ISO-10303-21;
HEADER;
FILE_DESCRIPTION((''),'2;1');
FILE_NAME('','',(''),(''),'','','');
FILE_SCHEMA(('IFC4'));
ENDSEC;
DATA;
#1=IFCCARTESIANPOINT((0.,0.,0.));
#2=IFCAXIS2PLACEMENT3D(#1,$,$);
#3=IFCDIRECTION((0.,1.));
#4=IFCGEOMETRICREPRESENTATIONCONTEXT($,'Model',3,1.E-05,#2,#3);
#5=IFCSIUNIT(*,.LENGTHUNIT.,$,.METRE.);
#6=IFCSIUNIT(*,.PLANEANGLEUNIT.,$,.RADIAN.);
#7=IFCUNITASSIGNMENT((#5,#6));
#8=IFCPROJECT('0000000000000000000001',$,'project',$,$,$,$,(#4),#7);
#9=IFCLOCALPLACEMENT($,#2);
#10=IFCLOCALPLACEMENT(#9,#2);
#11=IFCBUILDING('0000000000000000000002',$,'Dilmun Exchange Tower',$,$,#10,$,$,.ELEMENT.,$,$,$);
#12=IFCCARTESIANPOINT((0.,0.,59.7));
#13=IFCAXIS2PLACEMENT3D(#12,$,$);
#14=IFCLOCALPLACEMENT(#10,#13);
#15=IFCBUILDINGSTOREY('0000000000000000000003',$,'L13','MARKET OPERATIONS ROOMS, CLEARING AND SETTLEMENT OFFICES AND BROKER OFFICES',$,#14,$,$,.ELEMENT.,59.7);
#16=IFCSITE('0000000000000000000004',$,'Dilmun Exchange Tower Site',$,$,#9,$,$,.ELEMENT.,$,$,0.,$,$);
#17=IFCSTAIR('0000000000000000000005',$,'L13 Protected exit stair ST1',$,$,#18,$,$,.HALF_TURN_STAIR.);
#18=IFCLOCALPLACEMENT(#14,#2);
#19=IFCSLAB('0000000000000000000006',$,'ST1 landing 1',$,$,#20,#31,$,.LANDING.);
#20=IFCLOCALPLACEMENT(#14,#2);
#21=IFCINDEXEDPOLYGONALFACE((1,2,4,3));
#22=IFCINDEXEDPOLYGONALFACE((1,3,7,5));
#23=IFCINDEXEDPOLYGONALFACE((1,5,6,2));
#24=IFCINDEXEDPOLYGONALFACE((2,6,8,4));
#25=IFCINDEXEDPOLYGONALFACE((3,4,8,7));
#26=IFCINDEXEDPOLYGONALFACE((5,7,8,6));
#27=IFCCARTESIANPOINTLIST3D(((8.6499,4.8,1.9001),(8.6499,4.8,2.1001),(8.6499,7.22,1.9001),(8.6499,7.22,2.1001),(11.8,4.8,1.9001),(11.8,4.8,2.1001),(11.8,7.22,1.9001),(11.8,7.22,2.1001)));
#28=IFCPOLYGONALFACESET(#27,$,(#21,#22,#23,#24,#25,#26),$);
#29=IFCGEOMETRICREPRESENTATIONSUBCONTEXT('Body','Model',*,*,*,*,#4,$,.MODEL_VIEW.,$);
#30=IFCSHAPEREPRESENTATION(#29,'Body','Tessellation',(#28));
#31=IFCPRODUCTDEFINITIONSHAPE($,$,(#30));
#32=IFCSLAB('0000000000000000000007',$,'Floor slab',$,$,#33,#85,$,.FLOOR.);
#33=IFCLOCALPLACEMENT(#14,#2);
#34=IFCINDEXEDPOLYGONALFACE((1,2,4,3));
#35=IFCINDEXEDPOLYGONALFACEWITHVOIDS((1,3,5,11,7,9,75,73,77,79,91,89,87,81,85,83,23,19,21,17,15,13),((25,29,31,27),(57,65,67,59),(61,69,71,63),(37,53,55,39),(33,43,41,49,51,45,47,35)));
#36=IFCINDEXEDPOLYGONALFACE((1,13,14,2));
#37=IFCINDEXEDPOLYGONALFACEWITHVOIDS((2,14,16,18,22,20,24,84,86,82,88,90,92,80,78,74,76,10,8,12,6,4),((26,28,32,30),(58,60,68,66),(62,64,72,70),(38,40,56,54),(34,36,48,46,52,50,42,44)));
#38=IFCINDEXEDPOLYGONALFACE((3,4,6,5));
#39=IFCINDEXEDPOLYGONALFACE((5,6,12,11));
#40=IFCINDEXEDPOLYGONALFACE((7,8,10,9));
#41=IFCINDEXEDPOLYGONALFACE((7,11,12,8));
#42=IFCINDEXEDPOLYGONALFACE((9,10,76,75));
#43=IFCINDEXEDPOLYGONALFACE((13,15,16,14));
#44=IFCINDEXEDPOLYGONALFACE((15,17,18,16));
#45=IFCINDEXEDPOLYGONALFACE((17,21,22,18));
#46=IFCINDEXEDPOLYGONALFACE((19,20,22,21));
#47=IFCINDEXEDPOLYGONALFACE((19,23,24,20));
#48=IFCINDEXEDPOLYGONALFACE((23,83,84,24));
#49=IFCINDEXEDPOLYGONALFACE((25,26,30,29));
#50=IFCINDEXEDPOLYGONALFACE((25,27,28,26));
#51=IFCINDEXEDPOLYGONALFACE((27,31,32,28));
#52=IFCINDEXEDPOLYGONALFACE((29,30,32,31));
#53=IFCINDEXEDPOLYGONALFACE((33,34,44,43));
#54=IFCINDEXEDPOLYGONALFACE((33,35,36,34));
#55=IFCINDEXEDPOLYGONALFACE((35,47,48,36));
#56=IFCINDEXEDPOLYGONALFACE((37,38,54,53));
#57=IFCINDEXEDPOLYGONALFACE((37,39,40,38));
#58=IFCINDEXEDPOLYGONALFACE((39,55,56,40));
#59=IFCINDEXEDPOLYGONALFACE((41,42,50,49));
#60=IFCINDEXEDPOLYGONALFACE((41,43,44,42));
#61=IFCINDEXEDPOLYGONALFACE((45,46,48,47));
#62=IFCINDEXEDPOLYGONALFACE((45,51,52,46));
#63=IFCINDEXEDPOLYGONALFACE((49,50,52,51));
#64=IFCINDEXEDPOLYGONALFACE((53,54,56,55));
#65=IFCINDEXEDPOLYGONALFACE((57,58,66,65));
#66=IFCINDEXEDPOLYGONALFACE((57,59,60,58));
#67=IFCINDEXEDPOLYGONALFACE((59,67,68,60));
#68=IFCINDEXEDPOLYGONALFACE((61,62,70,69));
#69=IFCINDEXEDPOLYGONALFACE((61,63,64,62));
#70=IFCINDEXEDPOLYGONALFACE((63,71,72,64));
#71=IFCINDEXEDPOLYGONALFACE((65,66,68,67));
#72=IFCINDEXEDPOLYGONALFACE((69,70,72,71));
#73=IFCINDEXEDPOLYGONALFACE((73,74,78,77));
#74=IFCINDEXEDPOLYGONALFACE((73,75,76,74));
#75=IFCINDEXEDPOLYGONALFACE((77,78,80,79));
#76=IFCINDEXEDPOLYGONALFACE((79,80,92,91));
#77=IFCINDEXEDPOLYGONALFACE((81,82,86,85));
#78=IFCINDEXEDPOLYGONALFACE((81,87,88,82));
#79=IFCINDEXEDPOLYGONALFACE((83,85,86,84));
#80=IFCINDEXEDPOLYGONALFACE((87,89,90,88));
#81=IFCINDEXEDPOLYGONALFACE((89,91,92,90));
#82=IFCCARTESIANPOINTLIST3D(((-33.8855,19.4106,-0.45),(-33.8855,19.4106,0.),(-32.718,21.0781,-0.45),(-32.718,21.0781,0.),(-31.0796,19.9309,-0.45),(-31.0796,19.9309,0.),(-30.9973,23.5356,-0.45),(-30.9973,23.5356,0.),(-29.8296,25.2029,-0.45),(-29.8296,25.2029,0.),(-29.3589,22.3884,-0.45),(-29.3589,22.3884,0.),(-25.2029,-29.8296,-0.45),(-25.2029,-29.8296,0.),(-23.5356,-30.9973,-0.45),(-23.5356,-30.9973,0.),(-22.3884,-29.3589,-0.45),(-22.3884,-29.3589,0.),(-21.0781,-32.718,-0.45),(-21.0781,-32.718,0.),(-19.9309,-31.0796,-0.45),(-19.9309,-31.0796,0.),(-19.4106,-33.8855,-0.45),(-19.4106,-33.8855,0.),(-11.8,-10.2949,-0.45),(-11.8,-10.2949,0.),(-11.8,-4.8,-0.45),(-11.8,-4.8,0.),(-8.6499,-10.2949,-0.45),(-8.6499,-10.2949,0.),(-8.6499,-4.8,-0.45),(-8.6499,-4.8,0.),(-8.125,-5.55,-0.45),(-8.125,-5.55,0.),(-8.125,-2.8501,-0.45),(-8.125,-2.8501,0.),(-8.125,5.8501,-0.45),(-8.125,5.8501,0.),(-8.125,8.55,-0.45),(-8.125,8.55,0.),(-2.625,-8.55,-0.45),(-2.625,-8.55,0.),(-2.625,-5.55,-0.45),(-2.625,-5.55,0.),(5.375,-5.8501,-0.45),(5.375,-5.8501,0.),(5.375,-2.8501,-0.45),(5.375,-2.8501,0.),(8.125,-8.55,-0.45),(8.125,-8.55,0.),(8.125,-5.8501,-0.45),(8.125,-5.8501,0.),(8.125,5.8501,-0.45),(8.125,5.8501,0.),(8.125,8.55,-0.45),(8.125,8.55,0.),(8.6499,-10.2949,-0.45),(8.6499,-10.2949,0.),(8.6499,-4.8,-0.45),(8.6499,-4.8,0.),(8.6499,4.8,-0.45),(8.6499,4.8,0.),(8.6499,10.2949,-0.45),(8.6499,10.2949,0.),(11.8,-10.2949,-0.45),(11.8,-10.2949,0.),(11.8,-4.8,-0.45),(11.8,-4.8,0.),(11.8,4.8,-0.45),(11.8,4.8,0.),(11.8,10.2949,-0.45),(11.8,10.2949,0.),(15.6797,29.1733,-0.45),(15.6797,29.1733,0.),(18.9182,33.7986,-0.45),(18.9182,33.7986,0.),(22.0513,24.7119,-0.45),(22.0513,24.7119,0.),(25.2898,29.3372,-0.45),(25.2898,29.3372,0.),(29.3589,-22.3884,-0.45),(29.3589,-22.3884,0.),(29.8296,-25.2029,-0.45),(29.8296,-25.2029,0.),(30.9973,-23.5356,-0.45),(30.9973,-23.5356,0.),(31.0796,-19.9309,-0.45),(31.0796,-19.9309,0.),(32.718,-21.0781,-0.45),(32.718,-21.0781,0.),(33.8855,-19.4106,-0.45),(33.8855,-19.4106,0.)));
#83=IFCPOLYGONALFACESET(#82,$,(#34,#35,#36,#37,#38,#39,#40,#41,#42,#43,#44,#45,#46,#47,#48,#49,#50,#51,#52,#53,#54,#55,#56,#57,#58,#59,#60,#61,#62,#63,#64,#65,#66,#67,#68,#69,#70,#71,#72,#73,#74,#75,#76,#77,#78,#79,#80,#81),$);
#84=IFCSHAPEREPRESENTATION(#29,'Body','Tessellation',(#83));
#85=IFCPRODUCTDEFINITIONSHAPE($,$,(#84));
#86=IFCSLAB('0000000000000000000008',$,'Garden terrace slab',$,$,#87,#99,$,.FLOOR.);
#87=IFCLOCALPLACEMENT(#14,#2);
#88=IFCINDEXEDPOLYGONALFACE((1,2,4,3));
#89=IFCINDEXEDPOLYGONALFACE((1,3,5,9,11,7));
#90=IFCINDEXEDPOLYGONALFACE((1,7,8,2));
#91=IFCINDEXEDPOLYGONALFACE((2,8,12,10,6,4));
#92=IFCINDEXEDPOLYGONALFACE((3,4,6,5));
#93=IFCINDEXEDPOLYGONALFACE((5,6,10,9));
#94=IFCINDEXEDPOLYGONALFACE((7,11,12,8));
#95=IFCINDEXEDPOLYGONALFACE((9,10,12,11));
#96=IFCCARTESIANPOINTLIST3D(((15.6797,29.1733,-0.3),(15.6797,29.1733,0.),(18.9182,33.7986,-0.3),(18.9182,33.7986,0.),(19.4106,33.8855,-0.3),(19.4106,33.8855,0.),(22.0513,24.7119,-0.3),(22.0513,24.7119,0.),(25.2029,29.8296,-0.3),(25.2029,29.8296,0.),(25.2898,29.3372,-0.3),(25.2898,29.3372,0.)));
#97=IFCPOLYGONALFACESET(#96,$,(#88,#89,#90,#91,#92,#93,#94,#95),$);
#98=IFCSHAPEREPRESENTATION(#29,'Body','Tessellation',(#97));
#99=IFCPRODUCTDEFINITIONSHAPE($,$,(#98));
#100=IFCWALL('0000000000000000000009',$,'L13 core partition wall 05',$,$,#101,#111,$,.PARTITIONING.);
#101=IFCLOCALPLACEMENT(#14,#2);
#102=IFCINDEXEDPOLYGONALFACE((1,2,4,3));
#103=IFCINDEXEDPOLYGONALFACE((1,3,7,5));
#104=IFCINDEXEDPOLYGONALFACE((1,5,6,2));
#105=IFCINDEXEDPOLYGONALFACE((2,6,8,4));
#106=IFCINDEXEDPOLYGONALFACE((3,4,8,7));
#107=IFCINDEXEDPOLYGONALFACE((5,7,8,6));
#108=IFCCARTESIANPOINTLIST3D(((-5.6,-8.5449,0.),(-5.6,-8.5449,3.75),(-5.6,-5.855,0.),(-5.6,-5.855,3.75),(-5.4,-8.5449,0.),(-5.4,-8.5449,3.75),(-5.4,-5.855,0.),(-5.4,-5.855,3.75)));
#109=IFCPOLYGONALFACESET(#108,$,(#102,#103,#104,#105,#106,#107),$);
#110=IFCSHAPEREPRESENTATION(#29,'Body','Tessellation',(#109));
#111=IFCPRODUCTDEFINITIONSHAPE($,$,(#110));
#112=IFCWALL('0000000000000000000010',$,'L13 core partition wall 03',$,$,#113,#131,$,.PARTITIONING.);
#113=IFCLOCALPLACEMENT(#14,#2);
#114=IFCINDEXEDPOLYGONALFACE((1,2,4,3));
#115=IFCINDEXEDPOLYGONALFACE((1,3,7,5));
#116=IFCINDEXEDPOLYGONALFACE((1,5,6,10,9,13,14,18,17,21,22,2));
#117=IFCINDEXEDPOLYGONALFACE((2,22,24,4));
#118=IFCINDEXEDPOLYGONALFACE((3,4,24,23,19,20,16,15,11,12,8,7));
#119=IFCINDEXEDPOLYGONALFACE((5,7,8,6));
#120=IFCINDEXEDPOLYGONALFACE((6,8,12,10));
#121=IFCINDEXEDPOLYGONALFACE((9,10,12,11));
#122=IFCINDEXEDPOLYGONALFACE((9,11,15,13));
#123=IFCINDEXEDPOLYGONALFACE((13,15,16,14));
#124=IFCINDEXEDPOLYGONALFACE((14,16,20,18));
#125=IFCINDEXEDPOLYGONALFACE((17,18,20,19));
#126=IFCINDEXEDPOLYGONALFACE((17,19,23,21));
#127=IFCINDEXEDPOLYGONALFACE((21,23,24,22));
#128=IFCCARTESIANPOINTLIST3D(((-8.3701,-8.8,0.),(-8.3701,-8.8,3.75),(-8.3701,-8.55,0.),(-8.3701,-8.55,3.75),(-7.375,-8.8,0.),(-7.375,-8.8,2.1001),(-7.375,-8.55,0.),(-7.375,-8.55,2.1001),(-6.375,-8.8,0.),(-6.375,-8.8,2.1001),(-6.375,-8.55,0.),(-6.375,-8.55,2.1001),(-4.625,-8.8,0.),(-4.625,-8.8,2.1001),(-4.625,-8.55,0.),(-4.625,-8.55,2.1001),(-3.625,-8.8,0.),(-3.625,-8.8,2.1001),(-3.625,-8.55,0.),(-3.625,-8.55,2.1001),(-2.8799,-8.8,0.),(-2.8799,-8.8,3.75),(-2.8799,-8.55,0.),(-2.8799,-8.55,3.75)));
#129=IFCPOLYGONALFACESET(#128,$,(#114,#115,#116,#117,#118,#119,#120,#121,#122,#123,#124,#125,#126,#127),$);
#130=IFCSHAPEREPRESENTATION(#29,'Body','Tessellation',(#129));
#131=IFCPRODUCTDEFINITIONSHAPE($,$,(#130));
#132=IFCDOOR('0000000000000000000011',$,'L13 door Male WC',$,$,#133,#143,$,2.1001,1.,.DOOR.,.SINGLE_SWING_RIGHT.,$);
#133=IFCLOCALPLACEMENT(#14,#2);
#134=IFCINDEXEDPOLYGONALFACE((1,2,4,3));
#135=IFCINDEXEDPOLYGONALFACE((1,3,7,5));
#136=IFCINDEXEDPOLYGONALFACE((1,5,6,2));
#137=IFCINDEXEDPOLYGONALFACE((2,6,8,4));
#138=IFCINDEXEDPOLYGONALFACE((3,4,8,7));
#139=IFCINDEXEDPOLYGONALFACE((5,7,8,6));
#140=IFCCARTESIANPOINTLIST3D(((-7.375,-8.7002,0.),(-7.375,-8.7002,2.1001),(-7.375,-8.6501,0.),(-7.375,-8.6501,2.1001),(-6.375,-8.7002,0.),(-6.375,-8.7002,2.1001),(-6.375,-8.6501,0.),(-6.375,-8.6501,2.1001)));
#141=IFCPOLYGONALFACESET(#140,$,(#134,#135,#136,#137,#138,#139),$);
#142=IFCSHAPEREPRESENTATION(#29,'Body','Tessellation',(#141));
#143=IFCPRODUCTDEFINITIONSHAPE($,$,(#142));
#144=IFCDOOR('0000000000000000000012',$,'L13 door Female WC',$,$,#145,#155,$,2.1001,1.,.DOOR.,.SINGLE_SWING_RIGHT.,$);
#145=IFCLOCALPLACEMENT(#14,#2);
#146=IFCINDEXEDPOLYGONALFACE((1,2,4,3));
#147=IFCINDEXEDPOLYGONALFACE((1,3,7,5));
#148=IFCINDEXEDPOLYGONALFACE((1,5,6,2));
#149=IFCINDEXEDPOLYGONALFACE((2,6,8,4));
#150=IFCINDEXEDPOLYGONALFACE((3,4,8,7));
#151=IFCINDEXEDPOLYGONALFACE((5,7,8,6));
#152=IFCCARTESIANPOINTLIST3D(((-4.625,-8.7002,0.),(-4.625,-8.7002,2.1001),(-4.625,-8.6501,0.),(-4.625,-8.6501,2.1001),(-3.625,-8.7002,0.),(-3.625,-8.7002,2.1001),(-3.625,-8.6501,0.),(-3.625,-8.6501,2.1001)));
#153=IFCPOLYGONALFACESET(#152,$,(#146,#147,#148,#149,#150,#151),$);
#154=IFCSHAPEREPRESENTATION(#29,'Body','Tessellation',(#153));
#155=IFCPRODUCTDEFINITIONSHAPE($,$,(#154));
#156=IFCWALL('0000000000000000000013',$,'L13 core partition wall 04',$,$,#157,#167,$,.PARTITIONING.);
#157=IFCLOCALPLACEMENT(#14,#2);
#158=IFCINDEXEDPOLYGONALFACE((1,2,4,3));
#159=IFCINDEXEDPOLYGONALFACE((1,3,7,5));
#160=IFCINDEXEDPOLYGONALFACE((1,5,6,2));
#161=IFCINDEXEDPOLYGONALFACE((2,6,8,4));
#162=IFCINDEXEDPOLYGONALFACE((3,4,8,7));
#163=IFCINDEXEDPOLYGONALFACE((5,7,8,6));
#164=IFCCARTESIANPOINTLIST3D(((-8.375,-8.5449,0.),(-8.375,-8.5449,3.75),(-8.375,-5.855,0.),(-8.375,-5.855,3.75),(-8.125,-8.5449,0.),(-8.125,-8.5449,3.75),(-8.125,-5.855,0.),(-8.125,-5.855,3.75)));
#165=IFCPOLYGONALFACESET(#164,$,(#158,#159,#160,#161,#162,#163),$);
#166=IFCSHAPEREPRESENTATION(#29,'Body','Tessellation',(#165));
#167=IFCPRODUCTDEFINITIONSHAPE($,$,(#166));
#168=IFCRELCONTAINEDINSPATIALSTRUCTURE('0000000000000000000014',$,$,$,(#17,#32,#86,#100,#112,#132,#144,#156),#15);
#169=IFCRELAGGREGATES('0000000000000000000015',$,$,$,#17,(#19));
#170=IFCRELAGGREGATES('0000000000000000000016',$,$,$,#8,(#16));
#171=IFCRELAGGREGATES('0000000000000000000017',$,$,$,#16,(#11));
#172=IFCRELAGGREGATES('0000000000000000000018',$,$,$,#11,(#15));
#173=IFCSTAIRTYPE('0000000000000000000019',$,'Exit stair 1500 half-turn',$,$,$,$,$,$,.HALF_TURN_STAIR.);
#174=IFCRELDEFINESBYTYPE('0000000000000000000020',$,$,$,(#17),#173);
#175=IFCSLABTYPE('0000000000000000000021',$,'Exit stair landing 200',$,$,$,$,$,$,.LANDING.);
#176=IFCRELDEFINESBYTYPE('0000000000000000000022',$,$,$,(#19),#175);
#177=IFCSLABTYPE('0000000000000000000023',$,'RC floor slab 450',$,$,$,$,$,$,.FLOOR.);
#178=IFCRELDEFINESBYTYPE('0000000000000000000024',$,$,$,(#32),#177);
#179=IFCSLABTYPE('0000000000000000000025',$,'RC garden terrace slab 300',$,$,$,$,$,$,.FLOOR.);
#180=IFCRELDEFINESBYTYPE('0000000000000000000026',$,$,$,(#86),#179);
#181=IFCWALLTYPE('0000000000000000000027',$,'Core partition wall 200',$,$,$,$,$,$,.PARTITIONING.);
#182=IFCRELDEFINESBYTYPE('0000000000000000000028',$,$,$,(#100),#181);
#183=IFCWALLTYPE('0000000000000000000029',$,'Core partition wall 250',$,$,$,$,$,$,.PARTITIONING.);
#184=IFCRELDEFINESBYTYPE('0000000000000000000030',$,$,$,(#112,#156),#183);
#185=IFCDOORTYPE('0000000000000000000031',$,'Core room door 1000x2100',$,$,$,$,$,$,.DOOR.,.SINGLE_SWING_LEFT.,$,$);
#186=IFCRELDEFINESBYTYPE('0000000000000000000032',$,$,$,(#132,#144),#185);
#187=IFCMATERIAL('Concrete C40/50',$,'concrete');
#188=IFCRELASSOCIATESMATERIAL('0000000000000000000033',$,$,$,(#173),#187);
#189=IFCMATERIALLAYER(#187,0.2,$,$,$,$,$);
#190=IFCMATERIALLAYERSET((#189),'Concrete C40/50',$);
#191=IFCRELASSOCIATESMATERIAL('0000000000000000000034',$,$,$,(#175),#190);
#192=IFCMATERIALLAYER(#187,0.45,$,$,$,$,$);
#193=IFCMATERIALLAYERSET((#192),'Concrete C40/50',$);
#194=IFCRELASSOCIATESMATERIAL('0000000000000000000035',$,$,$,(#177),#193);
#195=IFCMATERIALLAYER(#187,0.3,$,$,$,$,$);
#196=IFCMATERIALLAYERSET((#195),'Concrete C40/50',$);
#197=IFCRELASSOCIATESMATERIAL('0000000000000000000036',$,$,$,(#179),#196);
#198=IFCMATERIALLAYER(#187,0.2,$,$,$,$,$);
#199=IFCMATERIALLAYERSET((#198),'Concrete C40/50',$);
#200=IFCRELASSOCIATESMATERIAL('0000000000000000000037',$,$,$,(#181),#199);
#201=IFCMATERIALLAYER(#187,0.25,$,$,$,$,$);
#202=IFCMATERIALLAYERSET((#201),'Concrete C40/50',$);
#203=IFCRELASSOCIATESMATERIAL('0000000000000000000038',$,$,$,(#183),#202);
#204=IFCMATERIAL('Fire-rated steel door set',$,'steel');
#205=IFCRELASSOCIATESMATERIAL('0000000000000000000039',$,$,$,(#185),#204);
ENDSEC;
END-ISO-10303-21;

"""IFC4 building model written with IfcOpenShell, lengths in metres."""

from ifc_helpers import new_model, si_unit, direction, frame, frame_2d, origin, place, context, subcontext, project, spatial, polyline, rectangle, outline, extrude, material, layer, layer_set, type_object, element, fill, aggregate, save


model = new_model("IFC4")

# Units and contexts
model_context = context("Model", 3, precision=1e-05, world=origin(), true_north=direction((0.0, 1.0)))
body_context = subcontext(model_context, "Body", "Model", "MODEL_VIEW")
ifc_project = project(units=[si_unit("LENGTHUNIT", "METRE"), si_unit("PLANEANGLEUNIT", "RADIAN")], contexts=[model_context])

# Site, building, storey
site_placement = place(None, origin())
site = spatial("IfcSite", under=ifc_project, at=site_placement, Name="Dilmun Exchange Tower Site", CompositionType="ELEMENT", RefElevation=0.0)
building_placement = place(site_placement, origin())
building = spatial("IfcBuilding", under=site, at=building_placement, Name="Dilmun Exchange Tower", CompositionType="ELEMENT")
storey_placement = place(building_placement, frame((0.0, 0.0, 59.7)))
storey = spatial("IfcBuildingStorey", under=building, at=storey_placement, Name="L13", Description="MARKET OPERATIONS ROOMS, CLEARING AND SETTLEMENT OFFICES AND BROKER OFFICES", CompositionType="ELEMENT", Elevation=59.7)

# Stair, slab
ifc_material_1 = material(Name="Concrete C40/50", Category="concrete")
stair_type = type_object("IfcStairType", Name="Exit stair 1500 half-turn", PredefinedType="HALF_TURN_STAIR", material=ifc_material_1)
stair_placement = place(storey_placement, origin())
stair = element("IfcStair", 1, at=stair_placement, inside=storey, type_object=stair_type, Name="L13 Protected exit stair ST1", PredefinedType="HALF_TURN_STAIR")
ifc_layer_1 = layer(ifc_material_1, 0.2)
ifc_layer_set_1 = layer_set([ifc_layer_1], Name="Concrete C40/50")
slab_type_1 = type_object("IfcSlabType", Name="Exit stair landing 200", PredefinedType="LANDING", material=ifc_layer_set_1)
slab_1_placement = place(storey_placement, frame((0.0, 0.0, 1.9001)))
slab_1 = element("IfcSlab", 2, at=slab_1_placement, type_object=slab_type_1, Name="ST1 landing 1", PredefinedType="LANDING", context=body_context, shape_type="SweptSolid", body=[
    extrude(outline(polyline([(8.6499, 7.22), (8.6499, 4.8), (11.8, 4.8), (11.8, 7.22), (8.6499, 7.22)])), origin(), (0.0, 0.0, 1.0), 0.2),
])
aggregate(stair, [slab_1])

# Slabs
ifc_layer_2 = layer(ifc_material_1, 0.45)
ifc_layer_set_2 = layer_set([ifc_layer_2], Name="Concrete C40/50")
slab_type_2 = type_object("IfcSlabType", Name="RC floor slab 450", PredefinedType="FLOOR", material=ifc_layer_set_2)
slab_2_placement = place(storey_placement, frame((0.0, 0.0, -0.45)))
element("IfcSlab", 3, at=slab_2_placement, inside=storey, type_object=slab_type_2, Name="Floor slab", PredefinedType="FLOOR", context=body_context, shape_type="SweptSolid", body=[
    extrude(outline(polyline([(32.718, -21.0781), (31.0796, -19.9309), (29.3589, -22.3884), (30.9973, -23.5356), (29.8296, -25.2029), (-19.4106, -33.8855), (-21.0781, -32.718), (-19.9309, -31.0796), (-22.3884, -29.3589), (-23.5356, -30.9973), (-25.2029, -29.8296), (-33.8855, 19.4106), (-32.718, 21.0781), (-31.0796, 19.9309), (-29.3589, 22.3884), (-30.9973, 23.5356), (-29.8296, 25.2029), (18.9182, 33.7986), (15.6797, 29.1733), (22.0513, 24.7119), (25.2898, 29.3372), (33.8855, -19.4106), (32.718, -21.0781)]), holes=[polyline([(-8.6499, -4.8), (-11.8, -4.8), (-11.8, -10.2949), (-8.6499, -10.2949), (-8.6499, -4.8)]), polyline([(11.8, -4.8), (8.6499, -4.8), (8.6499, -10.2949), (11.8, -10.2949), (11.8, -4.8)]), polyline([(-8.125, -2.8501), (-8.125, -5.55), (-2.625, -5.55), (-2.625, -8.55), (8.125, -8.55), (8.125, -5.8501), (5.375, -5.8501), (5.375, -2.8501), (-8.125, -2.8501)]), polyline([(-8.125, 5.8501), (8.125, 5.8501), (8.125, 8.55), (-8.125, 8.55), (-8.125, 5.8501)]), polyline([(8.6499, 10.2949), (8.6499, 4.8), (11.8, 4.8), (11.8, 10.2949), (8.6499, 10.2949)])]), origin(), (0.0, 0.0, 1.0), 0.45),
])
ifc_layer_3 = layer(ifc_material_1, 0.3)
ifc_layer_set_3 = layer_set([ifc_layer_3], Name="Concrete C40/50")
slab_type_3 = type_object("IfcSlabType", Name="RC garden terrace slab 300", PredefinedType="FLOOR", material=ifc_layer_set_3)
slab_3_placement = place(storey_placement, frame((0.0, 0.0, -0.3)))
element("IfcSlab", 4, at=slab_3_placement, inside=storey, type_object=slab_type_3, Name="Garden terrace slab", PredefinedType="FLOOR", context=body_context, shape_type="SweptSolid", body=[
    extrude(outline(polyline([(15.6797, 29.1733), (18.9182, 33.7986), (19.4106, 33.8855), (25.2029, 29.8296), (25.2898, 29.3372), (22.0513, 24.7119), (15.6797, 29.1733)])), origin(), (0.0, 0.0, 1.0), 0.3),
])

# Wall
ifc_layer_4 = layer(ifc_material_1, 0.2)
ifc_layer_set_4 = layer_set([ifc_layer_4], Name="Concrete C40/50")
wall_type_1 = type_object("IfcWallType", Name="Core partition wall 200", PredefinedType="PARTITIONING", material=ifc_layer_set_4)
wall_1_placement = place(storey_placement, frame((-5.5, -8.5449, 0.0), z_axis=(0.0, 0.0, 1.0), x_axis=(0.0, 1.0, 0.0)))
element("IfcWall", 5, at=wall_1_placement, inside=storey, type_object=wall_type_1, Name="L13 core partition wall 05", PredefinedType="PARTITIONING", context=body_context, shape_type="SweptSolid", body=[
    extrude(rectangle(XDim=2.6899, YDim=0.2, at=frame_2d((1.345, 0.0))), origin(), (0.0, 0.0, 1.0), 3.75),
])

# Wall, openings, doors
ifc_layer_5 = layer(ifc_material_1, 0.25)
ifc_layer_set_5 = layer_set([ifc_layer_5], Name="Concrete C40/50")
wall_type_2 = type_object("IfcWallType", Name="Core partition wall 250", PredefinedType="PARTITIONING", material=ifc_layer_set_5)
wall_2_placement = place(storey_placement, frame((-8.3701, -8.675, 0.0), z_axis=(0.0, 0.0, 1.0), x_axis=(1.0, 0.0, 0.0)))
wall_2 = element("IfcWall", 6, at=wall_2_placement, inside=storey, type_object=wall_type_2, Name="L13 core partition wall 03", PredefinedType="PARTITIONING", context=body_context, shape_type="SweptSolid", body=[
    extrude(rectangle(XDim=5.4902, YDim=0.25, at=frame_2d((2.7451, 0.0))), origin(), (0.0, 0.0, 1.0), 3.75),
])
opening_1_placement = place(wall_2_placement, frame((0.9951, 0.0, 0.0)))
opening_1 = element("IfcOpeningElement", 7, at=opening_1_placement, cuts=wall_2, PredefinedType="OPENING", context=body_context, shape_type="SweptSolid", body=[
    extrude(rectangle(XDim=1.0, YDim=2.1001, at=frame_2d((0.5, 1.05))), frame((0.0, 0.135, 0.0), z_axis=(0.0, -1.0, 0.0), x_axis=(1.0, 0.0, 0.0)), (0.0, 0.0, 1.0), 0.27),
])
opening_2_placement = place(wall_2_placement, frame((3.7451, 0.0, 0.0)))
opening_2 = element("IfcOpeningElement", 8, at=opening_2_placement, cuts=wall_2, PredefinedType="OPENING", context=body_context, shape_type="SweptSolid", body=[
    extrude(rectangle(XDim=1.0, YDim=2.1001, at=frame_2d((0.5, 1.05))), frame((0.0, 0.135, 0.0), z_axis=(0.0, -1.0, 0.0), x_axis=(1.0, 0.0, 0.0)), (0.0, 0.0, 1.0), 0.27),
])
ifc_material_2 = material(Name="Fire-rated steel door set", Category="steel")
door_type_1 = type_object("IfcDoorType", Name="Core room door 1000x2100", OperationType="SINGLE_SWING_LEFT", PredefinedType="DOOR", material=ifc_material_2)
door_1_placement = place(opening_1_placement, origin())
door_1 = element("IfcDoor", 9, at=door_1_placement, inside=storey, type_object=door_type_1, Name="L13 door Male WC", OperationType="SINGLE_SWING_RIGHT", OverallHeight=2.1001, OverallWidth=1.0, PredefinedType="DOOR", context=body_context, shape_type="SweptSolid", body=[
    extrude(rectangle(XDim=1.0, YDim=2.1001, at=frame_2d((0.5, 1.05))), frame((0.0, 0.0249, 0.0), z_axis=(0.0, -1.0, 0.0), x_axis=(1.0, 0.0, 0.0)), (0.0, 0.0, 1.0), 0.05),
])
fill(opening_1, door_1)
door_2_placement = place(opening_2_placement, origin())
door_2 = element("IfcDoor", 10, at=door_2_placement, inside=storey, type_object=door_type_1, Name="L13 door Female WC", OperationType="SINGLE_SWING_RIGHT", OverallHeight=2.1001, OverallWidth=1.0, PredefinedType="DOOR", context=body_context, shape_type="SweptSolid", body=[
    extrude(rectangle(XDim=1.0, YDim=2.1001, at=frame_2d((0.5, 1.05))), frame((0.0, 0.0249, 0.0), z_axis=(0.0, -1.0, 0.0), x_axis=(1.0, 0.0, 0.0)), (0.0, 0.0, 1.0), 0.05),
])
fill(opening_2, door_2)

# Wall
wall_3_placement = place(storey_placement, frame((-8.25, -8.5449, 0.0), z_axis=(0.0, 0.0, 1.0), x_axis=(0.0, 1.0, 0.0)))
element("IfcWall", 11, at=wall_3_placement, inside=storey, type_object=wall_type_2, Name="L13 core partition wall 04", PredefinedType="PARTITIONING", context=body_context, shape_type="SweptSolid", body=[
    extrude(rectangle(XDim=2.6899, YDim=0.25, at=frame_2d((1.345, 0.0))), origin(), (0.0, 0.0, 1.0), 3.75),
])

save(model, "model.ifc")
